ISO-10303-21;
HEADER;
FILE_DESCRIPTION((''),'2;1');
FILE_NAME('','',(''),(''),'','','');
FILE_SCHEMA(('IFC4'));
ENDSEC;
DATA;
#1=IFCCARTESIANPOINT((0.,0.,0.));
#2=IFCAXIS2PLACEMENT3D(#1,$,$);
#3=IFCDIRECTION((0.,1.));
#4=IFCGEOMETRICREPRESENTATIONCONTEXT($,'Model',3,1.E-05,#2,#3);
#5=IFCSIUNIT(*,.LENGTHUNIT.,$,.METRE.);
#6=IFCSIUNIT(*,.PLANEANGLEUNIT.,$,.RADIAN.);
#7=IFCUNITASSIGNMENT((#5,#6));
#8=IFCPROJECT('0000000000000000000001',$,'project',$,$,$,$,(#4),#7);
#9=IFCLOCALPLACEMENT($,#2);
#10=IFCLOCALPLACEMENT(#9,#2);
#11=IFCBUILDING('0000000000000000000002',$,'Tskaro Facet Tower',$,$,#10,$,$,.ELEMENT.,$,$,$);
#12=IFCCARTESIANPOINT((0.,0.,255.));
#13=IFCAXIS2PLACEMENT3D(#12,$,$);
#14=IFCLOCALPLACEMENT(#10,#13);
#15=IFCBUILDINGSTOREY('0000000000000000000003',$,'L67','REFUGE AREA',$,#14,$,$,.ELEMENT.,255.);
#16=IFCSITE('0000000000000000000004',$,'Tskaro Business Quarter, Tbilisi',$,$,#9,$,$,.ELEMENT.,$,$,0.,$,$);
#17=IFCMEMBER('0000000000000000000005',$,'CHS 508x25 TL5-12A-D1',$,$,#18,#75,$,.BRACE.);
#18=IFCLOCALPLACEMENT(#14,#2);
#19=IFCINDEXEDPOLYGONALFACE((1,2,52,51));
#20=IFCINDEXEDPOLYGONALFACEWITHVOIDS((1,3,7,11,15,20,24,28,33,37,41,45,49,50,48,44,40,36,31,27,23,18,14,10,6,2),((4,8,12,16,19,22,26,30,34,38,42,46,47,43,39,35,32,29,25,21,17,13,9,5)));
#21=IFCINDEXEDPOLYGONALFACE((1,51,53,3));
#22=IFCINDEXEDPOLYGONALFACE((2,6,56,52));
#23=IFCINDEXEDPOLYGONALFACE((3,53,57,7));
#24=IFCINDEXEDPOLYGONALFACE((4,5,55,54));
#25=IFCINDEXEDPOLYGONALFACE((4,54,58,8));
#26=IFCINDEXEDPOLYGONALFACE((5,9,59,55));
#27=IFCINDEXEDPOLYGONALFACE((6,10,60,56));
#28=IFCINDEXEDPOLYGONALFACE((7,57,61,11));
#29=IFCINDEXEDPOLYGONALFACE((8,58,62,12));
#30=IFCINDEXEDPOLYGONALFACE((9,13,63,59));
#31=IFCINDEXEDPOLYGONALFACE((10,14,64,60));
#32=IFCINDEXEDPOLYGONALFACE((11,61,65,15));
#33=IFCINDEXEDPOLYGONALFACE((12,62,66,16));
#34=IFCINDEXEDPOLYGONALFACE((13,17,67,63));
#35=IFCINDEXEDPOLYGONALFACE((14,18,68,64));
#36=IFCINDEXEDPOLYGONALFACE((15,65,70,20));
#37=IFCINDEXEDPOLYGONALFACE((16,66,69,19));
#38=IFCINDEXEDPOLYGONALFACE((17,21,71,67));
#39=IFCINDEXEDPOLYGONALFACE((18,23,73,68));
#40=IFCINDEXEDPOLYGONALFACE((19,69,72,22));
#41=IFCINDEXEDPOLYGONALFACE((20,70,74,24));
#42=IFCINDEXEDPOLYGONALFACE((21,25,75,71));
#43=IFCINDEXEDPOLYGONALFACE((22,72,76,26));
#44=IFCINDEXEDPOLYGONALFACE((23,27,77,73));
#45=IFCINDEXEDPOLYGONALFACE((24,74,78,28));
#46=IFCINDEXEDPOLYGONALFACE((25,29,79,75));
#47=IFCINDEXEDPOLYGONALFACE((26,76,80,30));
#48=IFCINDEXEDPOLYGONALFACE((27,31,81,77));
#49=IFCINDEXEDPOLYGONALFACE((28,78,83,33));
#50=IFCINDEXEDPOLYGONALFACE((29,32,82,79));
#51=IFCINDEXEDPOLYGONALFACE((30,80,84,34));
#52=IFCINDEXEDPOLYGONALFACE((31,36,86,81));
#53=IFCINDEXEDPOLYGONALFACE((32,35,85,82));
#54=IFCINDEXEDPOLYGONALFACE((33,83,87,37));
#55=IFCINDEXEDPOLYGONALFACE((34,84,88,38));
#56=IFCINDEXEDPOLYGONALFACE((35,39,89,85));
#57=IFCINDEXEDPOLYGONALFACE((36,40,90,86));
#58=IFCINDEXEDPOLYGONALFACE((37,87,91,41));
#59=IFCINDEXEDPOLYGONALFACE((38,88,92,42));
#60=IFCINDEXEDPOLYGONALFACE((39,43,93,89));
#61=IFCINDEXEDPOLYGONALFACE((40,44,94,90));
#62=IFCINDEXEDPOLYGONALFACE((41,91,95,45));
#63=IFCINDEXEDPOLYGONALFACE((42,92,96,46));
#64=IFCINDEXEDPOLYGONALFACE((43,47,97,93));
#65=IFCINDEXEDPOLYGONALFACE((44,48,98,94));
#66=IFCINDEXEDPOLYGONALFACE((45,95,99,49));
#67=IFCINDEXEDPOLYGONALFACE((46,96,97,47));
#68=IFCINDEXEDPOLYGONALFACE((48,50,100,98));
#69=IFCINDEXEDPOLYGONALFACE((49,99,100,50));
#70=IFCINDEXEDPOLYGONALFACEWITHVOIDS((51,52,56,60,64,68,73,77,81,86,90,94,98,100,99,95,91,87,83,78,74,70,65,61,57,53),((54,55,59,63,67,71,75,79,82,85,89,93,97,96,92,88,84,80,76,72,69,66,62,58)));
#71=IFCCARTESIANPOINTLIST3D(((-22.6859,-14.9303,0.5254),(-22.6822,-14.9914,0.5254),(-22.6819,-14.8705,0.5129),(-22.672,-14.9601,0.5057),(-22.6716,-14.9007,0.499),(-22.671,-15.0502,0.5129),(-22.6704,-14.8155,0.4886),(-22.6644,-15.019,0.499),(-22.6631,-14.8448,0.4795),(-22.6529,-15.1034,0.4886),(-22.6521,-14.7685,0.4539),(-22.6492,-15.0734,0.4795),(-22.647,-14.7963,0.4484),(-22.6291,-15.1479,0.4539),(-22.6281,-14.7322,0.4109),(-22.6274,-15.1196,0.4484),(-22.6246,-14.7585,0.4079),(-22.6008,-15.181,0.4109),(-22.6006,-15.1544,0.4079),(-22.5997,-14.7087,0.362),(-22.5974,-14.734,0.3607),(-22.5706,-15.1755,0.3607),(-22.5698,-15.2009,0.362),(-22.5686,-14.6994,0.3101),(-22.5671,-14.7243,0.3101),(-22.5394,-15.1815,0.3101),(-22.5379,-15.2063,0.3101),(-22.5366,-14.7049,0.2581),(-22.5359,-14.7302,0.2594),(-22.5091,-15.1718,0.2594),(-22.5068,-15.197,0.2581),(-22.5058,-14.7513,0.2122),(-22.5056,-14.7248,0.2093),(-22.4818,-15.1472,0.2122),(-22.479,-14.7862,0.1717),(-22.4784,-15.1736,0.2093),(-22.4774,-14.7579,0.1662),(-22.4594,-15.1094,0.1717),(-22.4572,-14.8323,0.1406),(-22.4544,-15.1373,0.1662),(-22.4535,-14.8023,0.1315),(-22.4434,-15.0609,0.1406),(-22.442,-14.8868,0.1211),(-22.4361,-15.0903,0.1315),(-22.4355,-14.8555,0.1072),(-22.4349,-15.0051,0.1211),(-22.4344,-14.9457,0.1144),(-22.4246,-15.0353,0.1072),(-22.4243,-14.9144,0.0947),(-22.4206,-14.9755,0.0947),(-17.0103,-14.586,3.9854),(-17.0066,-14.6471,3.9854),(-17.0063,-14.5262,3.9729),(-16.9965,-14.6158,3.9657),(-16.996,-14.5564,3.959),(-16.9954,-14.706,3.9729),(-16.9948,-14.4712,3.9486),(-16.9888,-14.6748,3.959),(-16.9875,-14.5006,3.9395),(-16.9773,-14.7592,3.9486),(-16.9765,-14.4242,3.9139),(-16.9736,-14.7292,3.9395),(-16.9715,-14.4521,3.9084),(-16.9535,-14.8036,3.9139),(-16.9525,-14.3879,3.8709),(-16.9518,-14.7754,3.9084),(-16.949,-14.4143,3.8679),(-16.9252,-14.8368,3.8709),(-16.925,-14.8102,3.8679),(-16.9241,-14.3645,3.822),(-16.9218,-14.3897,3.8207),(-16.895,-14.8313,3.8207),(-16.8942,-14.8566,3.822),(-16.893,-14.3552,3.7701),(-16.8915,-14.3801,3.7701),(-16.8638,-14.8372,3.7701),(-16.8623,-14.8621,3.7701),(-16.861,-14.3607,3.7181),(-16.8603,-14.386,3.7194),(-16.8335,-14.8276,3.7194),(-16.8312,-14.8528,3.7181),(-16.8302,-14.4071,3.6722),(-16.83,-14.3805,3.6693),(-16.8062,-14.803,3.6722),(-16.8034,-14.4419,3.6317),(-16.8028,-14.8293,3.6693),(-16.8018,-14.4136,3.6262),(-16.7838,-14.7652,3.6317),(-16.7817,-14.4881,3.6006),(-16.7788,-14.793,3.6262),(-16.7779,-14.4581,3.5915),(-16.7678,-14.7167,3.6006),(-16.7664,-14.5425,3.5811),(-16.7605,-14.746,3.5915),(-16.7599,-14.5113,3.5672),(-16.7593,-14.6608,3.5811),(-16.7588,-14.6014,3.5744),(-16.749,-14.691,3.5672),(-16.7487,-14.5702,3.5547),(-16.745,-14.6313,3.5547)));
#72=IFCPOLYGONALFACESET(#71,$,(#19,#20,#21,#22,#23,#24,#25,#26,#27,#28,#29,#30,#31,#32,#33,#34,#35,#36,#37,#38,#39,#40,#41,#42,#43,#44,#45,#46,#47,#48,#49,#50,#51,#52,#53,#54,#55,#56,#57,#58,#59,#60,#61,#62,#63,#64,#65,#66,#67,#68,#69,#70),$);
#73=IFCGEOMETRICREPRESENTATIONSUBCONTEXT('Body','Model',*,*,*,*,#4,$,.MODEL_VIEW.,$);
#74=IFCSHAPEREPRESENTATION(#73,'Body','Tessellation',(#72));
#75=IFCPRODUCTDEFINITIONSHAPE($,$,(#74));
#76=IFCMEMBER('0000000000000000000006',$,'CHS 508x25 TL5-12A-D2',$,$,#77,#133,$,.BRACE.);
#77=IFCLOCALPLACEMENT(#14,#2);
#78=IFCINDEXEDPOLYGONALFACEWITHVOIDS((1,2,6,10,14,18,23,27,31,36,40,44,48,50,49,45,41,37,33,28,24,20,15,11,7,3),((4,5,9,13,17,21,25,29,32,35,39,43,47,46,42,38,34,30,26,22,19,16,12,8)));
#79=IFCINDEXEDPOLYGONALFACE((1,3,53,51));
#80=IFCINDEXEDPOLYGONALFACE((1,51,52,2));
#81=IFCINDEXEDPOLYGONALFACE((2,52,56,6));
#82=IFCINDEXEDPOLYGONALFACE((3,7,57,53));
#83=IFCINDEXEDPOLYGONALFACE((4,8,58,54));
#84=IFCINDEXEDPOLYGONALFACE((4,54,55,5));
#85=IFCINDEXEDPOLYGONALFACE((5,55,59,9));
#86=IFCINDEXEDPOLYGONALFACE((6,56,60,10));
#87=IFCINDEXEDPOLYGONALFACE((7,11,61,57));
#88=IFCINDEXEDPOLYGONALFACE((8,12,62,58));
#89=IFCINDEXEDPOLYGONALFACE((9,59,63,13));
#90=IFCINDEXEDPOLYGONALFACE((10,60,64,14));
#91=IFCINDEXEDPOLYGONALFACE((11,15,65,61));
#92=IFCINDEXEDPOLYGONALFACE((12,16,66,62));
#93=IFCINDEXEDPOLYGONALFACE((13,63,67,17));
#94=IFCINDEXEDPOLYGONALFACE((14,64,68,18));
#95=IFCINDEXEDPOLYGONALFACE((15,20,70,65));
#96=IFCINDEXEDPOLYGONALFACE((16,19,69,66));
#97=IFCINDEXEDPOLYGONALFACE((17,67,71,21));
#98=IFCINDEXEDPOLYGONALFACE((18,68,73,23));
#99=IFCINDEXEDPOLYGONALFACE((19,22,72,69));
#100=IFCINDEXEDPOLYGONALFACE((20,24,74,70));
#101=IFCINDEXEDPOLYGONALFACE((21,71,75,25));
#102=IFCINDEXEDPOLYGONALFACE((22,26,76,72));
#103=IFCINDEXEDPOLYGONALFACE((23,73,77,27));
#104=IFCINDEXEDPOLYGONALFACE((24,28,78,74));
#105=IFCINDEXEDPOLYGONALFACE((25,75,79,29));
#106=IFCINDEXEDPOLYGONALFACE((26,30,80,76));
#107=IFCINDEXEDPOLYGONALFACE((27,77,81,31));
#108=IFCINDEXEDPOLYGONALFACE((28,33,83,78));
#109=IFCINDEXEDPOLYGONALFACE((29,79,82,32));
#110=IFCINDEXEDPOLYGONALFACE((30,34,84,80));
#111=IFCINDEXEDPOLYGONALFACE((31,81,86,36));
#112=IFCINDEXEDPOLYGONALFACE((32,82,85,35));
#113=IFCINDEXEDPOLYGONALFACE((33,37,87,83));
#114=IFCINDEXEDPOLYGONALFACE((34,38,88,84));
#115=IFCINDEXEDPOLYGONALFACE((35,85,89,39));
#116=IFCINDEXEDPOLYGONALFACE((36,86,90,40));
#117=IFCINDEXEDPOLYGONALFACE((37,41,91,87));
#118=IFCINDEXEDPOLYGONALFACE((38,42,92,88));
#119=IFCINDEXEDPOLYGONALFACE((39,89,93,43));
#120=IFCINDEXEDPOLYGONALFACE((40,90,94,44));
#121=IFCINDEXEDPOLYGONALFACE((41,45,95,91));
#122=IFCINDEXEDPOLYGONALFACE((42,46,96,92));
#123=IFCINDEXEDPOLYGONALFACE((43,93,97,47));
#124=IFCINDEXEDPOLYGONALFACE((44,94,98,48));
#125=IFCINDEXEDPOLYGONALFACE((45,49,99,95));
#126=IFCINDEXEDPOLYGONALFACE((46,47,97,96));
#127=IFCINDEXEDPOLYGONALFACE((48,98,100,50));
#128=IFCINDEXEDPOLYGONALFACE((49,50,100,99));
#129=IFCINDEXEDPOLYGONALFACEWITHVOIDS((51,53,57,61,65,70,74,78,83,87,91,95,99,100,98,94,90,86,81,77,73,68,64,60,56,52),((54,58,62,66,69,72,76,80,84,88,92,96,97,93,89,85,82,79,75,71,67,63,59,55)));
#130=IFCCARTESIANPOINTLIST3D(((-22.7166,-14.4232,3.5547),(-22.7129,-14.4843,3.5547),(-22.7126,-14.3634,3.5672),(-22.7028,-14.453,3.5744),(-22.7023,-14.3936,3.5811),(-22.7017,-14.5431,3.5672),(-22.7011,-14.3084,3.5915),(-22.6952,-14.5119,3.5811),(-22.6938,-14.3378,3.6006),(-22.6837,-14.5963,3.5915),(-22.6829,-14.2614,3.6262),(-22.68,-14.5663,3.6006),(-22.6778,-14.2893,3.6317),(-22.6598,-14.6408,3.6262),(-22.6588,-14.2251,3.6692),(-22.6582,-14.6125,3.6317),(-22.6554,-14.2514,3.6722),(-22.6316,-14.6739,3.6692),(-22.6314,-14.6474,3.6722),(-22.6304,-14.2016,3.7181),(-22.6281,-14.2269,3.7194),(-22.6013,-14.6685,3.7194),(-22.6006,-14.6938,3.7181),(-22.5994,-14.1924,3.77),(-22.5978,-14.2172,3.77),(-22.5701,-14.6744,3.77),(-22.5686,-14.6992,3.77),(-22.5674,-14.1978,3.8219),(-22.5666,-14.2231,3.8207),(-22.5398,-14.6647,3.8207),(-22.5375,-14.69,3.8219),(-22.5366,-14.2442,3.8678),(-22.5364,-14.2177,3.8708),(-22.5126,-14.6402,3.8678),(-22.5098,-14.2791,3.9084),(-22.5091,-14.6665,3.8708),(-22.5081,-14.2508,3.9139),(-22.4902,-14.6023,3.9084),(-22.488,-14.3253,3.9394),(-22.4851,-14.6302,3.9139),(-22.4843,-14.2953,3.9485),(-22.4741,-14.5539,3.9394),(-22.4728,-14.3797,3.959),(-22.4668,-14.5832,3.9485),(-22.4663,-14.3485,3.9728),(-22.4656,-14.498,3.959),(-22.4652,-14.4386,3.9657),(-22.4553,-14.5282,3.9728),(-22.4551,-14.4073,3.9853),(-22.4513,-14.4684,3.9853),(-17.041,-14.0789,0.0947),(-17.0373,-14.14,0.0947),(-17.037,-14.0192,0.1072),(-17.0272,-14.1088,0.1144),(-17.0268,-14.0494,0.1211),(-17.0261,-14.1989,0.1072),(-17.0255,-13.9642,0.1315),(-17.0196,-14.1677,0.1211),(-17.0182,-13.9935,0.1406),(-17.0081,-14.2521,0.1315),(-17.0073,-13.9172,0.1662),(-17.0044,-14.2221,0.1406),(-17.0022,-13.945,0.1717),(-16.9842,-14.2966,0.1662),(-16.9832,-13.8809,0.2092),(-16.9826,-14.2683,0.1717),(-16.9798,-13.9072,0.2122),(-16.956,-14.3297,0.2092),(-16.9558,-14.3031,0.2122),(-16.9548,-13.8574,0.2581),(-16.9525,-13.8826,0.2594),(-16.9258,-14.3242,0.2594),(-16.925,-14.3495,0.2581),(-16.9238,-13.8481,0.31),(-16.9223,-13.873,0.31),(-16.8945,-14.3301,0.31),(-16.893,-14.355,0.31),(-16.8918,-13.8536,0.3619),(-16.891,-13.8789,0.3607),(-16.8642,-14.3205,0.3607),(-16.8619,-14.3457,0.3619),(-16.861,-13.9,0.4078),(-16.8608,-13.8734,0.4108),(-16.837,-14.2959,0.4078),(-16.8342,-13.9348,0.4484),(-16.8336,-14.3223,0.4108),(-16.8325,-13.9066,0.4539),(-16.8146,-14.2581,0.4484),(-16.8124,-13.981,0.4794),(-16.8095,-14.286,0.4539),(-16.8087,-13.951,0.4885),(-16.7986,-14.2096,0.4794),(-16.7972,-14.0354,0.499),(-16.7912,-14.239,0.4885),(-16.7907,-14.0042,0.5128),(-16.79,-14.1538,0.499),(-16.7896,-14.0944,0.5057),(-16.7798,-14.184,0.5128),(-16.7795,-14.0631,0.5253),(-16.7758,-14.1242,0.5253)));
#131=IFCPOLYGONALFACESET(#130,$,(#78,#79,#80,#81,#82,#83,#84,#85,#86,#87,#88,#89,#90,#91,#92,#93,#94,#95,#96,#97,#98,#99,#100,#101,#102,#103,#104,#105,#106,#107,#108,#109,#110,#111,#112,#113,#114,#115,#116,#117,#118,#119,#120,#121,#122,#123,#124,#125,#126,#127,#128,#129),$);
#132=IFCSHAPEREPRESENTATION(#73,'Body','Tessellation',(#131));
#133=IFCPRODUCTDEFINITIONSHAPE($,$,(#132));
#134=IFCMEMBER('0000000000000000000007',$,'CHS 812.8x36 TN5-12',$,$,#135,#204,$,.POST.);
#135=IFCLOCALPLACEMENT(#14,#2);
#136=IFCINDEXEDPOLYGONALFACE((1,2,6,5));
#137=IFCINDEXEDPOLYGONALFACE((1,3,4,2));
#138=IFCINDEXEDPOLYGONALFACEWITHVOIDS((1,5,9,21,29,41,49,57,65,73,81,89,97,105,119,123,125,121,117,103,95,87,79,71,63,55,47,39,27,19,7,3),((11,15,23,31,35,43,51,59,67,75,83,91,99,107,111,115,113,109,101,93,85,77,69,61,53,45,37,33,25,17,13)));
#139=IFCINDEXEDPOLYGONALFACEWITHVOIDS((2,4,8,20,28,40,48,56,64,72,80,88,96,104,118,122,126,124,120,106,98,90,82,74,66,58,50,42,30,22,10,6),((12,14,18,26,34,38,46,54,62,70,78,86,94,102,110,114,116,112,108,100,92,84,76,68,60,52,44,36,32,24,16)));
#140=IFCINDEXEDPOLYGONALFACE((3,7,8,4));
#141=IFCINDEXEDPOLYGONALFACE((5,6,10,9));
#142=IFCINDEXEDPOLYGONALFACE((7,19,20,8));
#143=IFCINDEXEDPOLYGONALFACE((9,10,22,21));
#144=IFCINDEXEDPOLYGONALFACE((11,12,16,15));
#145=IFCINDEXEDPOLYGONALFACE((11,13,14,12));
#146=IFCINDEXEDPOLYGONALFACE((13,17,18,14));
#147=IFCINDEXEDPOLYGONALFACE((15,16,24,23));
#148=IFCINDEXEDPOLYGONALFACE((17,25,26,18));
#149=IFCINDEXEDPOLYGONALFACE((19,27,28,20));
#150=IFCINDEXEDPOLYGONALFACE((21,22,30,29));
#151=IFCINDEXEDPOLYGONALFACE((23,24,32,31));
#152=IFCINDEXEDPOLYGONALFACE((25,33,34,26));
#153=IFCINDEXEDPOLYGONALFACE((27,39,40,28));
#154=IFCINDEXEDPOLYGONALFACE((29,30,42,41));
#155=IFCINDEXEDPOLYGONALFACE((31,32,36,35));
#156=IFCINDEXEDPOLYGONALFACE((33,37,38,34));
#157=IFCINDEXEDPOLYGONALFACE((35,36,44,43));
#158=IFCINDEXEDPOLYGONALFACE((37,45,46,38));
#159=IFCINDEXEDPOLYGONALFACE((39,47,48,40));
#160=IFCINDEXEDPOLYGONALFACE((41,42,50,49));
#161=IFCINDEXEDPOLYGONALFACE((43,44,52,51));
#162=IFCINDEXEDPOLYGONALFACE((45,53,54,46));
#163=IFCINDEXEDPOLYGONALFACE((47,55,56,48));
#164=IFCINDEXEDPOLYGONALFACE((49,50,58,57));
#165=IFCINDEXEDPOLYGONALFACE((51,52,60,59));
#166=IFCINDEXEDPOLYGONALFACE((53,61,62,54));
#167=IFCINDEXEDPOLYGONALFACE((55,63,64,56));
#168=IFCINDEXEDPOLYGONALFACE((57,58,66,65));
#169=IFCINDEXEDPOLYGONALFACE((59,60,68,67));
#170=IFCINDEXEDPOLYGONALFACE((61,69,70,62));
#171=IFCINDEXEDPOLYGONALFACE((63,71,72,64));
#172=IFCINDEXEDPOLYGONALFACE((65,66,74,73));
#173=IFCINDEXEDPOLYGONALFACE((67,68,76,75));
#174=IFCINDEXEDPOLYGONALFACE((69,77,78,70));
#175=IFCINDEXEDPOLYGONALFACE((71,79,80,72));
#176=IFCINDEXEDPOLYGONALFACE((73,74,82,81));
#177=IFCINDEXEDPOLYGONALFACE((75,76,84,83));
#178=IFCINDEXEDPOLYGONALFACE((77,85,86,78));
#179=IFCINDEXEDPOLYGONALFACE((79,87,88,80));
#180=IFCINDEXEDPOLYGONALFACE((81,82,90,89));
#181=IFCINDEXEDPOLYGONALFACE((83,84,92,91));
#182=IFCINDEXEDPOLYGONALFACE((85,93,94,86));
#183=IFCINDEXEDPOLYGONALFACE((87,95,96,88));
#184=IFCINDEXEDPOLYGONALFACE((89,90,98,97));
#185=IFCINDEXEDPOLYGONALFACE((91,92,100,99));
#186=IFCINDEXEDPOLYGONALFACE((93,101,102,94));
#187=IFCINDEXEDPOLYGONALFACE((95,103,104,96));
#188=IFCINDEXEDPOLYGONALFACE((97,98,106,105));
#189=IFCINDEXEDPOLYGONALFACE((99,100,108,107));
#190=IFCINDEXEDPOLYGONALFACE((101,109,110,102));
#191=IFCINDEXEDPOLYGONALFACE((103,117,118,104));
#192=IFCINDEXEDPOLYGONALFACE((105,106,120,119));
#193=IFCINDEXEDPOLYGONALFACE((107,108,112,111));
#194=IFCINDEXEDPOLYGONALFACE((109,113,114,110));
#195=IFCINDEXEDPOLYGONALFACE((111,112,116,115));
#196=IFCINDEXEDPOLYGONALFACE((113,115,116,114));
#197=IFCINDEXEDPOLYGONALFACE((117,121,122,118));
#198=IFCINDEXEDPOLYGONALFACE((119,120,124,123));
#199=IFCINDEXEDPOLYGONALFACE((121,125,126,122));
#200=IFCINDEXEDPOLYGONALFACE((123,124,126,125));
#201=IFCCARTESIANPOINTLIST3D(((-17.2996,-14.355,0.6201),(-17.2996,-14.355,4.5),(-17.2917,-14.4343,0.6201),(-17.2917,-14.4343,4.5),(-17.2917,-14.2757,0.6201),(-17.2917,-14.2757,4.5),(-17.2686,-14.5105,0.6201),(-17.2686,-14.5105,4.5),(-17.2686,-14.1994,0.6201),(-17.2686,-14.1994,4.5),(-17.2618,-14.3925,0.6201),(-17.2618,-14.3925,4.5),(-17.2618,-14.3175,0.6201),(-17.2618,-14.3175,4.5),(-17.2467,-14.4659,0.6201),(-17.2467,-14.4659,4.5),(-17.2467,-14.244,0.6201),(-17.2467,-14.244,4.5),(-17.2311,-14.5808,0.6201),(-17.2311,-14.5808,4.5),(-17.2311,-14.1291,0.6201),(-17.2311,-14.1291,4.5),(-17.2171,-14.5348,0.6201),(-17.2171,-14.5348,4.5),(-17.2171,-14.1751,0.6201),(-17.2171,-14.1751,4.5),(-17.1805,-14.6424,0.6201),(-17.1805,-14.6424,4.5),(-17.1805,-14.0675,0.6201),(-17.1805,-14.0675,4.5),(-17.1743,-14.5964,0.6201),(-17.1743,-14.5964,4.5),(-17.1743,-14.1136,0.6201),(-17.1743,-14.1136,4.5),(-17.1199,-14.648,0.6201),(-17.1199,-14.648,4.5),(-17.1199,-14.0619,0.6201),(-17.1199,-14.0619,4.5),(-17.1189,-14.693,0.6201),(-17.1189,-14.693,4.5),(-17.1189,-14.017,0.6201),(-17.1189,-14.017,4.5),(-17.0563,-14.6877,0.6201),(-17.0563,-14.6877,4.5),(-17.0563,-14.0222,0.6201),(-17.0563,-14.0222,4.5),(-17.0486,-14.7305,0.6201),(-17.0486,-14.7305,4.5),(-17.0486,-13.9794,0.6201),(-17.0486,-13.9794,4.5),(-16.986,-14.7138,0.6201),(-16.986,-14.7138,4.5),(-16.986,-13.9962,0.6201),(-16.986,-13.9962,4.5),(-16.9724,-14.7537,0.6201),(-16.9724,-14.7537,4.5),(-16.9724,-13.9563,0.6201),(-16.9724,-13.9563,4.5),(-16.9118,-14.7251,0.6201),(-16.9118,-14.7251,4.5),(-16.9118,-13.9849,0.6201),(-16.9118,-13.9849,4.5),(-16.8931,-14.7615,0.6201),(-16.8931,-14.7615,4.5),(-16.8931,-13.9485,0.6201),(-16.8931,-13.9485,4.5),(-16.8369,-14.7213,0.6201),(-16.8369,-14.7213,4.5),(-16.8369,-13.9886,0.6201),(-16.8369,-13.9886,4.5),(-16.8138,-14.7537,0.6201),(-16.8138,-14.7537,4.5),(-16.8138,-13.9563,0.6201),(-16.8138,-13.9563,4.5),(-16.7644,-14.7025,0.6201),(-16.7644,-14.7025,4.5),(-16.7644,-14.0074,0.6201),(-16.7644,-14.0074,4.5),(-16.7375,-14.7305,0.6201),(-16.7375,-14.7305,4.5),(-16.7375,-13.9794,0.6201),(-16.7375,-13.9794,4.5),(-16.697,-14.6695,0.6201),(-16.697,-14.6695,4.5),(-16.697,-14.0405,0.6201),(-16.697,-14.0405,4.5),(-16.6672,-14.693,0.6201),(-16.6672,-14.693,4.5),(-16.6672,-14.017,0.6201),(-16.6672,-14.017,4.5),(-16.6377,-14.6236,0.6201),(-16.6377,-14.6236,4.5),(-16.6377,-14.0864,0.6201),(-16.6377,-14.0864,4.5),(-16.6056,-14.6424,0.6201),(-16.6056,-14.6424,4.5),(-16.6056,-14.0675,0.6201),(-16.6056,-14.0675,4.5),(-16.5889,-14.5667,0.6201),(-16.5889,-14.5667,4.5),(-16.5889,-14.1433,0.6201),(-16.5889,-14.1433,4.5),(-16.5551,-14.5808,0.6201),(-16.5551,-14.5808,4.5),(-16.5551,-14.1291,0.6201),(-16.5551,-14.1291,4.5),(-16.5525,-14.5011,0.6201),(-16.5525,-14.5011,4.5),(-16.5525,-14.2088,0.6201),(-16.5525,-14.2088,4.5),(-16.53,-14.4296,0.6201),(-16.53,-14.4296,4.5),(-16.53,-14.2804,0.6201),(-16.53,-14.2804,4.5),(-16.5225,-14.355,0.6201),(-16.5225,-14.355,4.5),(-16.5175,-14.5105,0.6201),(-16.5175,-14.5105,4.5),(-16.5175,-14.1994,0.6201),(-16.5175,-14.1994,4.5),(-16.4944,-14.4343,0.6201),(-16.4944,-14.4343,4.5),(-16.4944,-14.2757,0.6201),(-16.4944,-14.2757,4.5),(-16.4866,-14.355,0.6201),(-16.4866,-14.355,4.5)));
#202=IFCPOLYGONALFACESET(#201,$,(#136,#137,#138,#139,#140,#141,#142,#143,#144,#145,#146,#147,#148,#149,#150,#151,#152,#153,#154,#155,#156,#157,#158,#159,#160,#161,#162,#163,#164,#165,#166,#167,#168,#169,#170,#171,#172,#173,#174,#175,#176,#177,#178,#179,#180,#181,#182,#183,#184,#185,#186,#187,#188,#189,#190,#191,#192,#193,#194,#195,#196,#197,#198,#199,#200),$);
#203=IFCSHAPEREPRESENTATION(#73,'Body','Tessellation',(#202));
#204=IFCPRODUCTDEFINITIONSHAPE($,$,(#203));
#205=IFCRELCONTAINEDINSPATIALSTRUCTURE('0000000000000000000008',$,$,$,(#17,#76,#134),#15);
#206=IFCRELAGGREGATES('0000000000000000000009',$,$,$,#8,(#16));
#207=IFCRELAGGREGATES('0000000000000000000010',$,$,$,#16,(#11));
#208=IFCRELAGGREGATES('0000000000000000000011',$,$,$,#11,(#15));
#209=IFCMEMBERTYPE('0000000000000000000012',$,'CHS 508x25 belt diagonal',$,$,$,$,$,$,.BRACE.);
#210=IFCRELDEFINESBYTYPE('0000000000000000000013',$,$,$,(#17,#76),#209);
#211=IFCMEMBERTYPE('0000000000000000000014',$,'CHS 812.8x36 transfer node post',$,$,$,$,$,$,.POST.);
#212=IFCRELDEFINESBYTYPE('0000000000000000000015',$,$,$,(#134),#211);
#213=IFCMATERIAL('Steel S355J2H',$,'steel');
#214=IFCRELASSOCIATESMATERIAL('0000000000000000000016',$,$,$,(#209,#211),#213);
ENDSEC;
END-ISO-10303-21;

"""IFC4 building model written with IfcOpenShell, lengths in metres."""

from ifc_helpers import new_model, si_unit, direction, frame, origin, origin_2d, place, context, subcontext, project, spatial, hollow_circle, extrude, material, material_profile, profile_set, type_object, element, save


model = new_model("IFC4")

# Units and contexts
model_context = context("Model", 3, precision=1e-05, world=origin(), true_north=direction((0.0, 1.0)))
body_context = subcontext(model_context, "Body", "Model", "MODEL_VIEW")
ifc_project = project(units=[si_unit("LENGTHUNIT", "METRE"), si_unit("PLANEANGLEUNIT", "RADIAN")], contexts=[model_context])

# Site, building, storey
site_placement = place(None, origin())
site = spatial("IfcSite", under=ifc_project, at=site_placement, Name="Tskaro Business Quarter, Tbilisi", CompositionType="ELEMENT", RefElevation=0.0)
building_placement = place(site_placement, origin())
building = spatial("IfcBuilding", under=site, at=building_placement, Name="Tskaro Facet Tower", CompositionType="ELEMENT")
storey_placement = place(building_placement, frame((0.0, 0.0, 255.0)))
storey = spatial("IfcBuildingStorey", under=building, at=storey_placement, Name="L67", Description="REFUGE AREA", CompositionType="ELEMENT", Elevation=255.0)

# Shared definitions
ifc_material_1 = material(Name="Steel S355J2H", Category="steel")

# Members
ifc_material_profile_1 = material_profile(ifc_material_1, hollow_circle(Radius=0.2539, WallThickness=0.0249, at=origin_2d()), Name="CHS 508x25")
ifc_profile_set_1 = profile_set([ifc_material_profile_1], Name="Steel S355J2H")
member_type_1 = type_object("IfcMemberType", Name="CHS 508x25 belt diagonal", PredefinedType="BRACE", material=ifc_profile_set_1)
for number, where, z_axis, x_axis, name in (
    (1, (-22.5532, -14.9529, 0.3101), (0.852702, 0.051719, 0.51983), (-0.060542, 0.998166, 0.0), "CHS 508x25 TL5-12A-D1"),
    (2, (-22.584, -14.4458, 3.77), (0.852702, 0.051719, -0.51983), (-0.060542, 0.998166, 0.0), "CHS 508x25 TL5-12A-D2"),
):
    element("IfcMember", number, at=place(storey_placement, frame(where, z_axis=z_axis, x_axis=x_axis)), inside=storey, type_object=member_type_1, Name=name, PredefinedType="BRACE", context=body_context, shape_type="SweptSolid", body=[
        extrude(hollow_circle(Radius=0.2539, WallThickness=0.0249, at=origin_2d()), origin(), (0.0, 0.0, 1.0), 6.656),
    ])
ifc_material_profile_2 = material_profile(ifc_material_1, hollow_circle(Radius=0.4065, WallThickness=0.0359, at=origin_2d()), Name="CHS 812.8x36")
ifc_profile_set_2 = profile_set([ifc_material_profile_2], Name="Steel S355J2H")
member_type_2 = type_object("IfcMemberType", Name="CHS 812.8x36 transfer node post", PredefinedType="POST", material=ifc_profile_set_2)
member_1_placement = place(storey_placement, frame((-16.8931, -14.355, 0.6201), z_axis=(0.0, 0.0, 1.0), x_axis=(1.0, 0.0, 0.0)))
element("IfcMember", 3, at=member_1_placement, inside=storey, type_object=member_type_2, Name="CHS 812.8x36 TN5-12", PredefinedType="POST", context=body_context, shape_type="SweptSolid", body=[
    extrude(hollow_circle(Radius=0.4065, WallThickness=0.0359, at=origin_2d()), origin(), (0.0, 0.0, 1.0), 3.8799),
])

save(model, "model.ifc")
